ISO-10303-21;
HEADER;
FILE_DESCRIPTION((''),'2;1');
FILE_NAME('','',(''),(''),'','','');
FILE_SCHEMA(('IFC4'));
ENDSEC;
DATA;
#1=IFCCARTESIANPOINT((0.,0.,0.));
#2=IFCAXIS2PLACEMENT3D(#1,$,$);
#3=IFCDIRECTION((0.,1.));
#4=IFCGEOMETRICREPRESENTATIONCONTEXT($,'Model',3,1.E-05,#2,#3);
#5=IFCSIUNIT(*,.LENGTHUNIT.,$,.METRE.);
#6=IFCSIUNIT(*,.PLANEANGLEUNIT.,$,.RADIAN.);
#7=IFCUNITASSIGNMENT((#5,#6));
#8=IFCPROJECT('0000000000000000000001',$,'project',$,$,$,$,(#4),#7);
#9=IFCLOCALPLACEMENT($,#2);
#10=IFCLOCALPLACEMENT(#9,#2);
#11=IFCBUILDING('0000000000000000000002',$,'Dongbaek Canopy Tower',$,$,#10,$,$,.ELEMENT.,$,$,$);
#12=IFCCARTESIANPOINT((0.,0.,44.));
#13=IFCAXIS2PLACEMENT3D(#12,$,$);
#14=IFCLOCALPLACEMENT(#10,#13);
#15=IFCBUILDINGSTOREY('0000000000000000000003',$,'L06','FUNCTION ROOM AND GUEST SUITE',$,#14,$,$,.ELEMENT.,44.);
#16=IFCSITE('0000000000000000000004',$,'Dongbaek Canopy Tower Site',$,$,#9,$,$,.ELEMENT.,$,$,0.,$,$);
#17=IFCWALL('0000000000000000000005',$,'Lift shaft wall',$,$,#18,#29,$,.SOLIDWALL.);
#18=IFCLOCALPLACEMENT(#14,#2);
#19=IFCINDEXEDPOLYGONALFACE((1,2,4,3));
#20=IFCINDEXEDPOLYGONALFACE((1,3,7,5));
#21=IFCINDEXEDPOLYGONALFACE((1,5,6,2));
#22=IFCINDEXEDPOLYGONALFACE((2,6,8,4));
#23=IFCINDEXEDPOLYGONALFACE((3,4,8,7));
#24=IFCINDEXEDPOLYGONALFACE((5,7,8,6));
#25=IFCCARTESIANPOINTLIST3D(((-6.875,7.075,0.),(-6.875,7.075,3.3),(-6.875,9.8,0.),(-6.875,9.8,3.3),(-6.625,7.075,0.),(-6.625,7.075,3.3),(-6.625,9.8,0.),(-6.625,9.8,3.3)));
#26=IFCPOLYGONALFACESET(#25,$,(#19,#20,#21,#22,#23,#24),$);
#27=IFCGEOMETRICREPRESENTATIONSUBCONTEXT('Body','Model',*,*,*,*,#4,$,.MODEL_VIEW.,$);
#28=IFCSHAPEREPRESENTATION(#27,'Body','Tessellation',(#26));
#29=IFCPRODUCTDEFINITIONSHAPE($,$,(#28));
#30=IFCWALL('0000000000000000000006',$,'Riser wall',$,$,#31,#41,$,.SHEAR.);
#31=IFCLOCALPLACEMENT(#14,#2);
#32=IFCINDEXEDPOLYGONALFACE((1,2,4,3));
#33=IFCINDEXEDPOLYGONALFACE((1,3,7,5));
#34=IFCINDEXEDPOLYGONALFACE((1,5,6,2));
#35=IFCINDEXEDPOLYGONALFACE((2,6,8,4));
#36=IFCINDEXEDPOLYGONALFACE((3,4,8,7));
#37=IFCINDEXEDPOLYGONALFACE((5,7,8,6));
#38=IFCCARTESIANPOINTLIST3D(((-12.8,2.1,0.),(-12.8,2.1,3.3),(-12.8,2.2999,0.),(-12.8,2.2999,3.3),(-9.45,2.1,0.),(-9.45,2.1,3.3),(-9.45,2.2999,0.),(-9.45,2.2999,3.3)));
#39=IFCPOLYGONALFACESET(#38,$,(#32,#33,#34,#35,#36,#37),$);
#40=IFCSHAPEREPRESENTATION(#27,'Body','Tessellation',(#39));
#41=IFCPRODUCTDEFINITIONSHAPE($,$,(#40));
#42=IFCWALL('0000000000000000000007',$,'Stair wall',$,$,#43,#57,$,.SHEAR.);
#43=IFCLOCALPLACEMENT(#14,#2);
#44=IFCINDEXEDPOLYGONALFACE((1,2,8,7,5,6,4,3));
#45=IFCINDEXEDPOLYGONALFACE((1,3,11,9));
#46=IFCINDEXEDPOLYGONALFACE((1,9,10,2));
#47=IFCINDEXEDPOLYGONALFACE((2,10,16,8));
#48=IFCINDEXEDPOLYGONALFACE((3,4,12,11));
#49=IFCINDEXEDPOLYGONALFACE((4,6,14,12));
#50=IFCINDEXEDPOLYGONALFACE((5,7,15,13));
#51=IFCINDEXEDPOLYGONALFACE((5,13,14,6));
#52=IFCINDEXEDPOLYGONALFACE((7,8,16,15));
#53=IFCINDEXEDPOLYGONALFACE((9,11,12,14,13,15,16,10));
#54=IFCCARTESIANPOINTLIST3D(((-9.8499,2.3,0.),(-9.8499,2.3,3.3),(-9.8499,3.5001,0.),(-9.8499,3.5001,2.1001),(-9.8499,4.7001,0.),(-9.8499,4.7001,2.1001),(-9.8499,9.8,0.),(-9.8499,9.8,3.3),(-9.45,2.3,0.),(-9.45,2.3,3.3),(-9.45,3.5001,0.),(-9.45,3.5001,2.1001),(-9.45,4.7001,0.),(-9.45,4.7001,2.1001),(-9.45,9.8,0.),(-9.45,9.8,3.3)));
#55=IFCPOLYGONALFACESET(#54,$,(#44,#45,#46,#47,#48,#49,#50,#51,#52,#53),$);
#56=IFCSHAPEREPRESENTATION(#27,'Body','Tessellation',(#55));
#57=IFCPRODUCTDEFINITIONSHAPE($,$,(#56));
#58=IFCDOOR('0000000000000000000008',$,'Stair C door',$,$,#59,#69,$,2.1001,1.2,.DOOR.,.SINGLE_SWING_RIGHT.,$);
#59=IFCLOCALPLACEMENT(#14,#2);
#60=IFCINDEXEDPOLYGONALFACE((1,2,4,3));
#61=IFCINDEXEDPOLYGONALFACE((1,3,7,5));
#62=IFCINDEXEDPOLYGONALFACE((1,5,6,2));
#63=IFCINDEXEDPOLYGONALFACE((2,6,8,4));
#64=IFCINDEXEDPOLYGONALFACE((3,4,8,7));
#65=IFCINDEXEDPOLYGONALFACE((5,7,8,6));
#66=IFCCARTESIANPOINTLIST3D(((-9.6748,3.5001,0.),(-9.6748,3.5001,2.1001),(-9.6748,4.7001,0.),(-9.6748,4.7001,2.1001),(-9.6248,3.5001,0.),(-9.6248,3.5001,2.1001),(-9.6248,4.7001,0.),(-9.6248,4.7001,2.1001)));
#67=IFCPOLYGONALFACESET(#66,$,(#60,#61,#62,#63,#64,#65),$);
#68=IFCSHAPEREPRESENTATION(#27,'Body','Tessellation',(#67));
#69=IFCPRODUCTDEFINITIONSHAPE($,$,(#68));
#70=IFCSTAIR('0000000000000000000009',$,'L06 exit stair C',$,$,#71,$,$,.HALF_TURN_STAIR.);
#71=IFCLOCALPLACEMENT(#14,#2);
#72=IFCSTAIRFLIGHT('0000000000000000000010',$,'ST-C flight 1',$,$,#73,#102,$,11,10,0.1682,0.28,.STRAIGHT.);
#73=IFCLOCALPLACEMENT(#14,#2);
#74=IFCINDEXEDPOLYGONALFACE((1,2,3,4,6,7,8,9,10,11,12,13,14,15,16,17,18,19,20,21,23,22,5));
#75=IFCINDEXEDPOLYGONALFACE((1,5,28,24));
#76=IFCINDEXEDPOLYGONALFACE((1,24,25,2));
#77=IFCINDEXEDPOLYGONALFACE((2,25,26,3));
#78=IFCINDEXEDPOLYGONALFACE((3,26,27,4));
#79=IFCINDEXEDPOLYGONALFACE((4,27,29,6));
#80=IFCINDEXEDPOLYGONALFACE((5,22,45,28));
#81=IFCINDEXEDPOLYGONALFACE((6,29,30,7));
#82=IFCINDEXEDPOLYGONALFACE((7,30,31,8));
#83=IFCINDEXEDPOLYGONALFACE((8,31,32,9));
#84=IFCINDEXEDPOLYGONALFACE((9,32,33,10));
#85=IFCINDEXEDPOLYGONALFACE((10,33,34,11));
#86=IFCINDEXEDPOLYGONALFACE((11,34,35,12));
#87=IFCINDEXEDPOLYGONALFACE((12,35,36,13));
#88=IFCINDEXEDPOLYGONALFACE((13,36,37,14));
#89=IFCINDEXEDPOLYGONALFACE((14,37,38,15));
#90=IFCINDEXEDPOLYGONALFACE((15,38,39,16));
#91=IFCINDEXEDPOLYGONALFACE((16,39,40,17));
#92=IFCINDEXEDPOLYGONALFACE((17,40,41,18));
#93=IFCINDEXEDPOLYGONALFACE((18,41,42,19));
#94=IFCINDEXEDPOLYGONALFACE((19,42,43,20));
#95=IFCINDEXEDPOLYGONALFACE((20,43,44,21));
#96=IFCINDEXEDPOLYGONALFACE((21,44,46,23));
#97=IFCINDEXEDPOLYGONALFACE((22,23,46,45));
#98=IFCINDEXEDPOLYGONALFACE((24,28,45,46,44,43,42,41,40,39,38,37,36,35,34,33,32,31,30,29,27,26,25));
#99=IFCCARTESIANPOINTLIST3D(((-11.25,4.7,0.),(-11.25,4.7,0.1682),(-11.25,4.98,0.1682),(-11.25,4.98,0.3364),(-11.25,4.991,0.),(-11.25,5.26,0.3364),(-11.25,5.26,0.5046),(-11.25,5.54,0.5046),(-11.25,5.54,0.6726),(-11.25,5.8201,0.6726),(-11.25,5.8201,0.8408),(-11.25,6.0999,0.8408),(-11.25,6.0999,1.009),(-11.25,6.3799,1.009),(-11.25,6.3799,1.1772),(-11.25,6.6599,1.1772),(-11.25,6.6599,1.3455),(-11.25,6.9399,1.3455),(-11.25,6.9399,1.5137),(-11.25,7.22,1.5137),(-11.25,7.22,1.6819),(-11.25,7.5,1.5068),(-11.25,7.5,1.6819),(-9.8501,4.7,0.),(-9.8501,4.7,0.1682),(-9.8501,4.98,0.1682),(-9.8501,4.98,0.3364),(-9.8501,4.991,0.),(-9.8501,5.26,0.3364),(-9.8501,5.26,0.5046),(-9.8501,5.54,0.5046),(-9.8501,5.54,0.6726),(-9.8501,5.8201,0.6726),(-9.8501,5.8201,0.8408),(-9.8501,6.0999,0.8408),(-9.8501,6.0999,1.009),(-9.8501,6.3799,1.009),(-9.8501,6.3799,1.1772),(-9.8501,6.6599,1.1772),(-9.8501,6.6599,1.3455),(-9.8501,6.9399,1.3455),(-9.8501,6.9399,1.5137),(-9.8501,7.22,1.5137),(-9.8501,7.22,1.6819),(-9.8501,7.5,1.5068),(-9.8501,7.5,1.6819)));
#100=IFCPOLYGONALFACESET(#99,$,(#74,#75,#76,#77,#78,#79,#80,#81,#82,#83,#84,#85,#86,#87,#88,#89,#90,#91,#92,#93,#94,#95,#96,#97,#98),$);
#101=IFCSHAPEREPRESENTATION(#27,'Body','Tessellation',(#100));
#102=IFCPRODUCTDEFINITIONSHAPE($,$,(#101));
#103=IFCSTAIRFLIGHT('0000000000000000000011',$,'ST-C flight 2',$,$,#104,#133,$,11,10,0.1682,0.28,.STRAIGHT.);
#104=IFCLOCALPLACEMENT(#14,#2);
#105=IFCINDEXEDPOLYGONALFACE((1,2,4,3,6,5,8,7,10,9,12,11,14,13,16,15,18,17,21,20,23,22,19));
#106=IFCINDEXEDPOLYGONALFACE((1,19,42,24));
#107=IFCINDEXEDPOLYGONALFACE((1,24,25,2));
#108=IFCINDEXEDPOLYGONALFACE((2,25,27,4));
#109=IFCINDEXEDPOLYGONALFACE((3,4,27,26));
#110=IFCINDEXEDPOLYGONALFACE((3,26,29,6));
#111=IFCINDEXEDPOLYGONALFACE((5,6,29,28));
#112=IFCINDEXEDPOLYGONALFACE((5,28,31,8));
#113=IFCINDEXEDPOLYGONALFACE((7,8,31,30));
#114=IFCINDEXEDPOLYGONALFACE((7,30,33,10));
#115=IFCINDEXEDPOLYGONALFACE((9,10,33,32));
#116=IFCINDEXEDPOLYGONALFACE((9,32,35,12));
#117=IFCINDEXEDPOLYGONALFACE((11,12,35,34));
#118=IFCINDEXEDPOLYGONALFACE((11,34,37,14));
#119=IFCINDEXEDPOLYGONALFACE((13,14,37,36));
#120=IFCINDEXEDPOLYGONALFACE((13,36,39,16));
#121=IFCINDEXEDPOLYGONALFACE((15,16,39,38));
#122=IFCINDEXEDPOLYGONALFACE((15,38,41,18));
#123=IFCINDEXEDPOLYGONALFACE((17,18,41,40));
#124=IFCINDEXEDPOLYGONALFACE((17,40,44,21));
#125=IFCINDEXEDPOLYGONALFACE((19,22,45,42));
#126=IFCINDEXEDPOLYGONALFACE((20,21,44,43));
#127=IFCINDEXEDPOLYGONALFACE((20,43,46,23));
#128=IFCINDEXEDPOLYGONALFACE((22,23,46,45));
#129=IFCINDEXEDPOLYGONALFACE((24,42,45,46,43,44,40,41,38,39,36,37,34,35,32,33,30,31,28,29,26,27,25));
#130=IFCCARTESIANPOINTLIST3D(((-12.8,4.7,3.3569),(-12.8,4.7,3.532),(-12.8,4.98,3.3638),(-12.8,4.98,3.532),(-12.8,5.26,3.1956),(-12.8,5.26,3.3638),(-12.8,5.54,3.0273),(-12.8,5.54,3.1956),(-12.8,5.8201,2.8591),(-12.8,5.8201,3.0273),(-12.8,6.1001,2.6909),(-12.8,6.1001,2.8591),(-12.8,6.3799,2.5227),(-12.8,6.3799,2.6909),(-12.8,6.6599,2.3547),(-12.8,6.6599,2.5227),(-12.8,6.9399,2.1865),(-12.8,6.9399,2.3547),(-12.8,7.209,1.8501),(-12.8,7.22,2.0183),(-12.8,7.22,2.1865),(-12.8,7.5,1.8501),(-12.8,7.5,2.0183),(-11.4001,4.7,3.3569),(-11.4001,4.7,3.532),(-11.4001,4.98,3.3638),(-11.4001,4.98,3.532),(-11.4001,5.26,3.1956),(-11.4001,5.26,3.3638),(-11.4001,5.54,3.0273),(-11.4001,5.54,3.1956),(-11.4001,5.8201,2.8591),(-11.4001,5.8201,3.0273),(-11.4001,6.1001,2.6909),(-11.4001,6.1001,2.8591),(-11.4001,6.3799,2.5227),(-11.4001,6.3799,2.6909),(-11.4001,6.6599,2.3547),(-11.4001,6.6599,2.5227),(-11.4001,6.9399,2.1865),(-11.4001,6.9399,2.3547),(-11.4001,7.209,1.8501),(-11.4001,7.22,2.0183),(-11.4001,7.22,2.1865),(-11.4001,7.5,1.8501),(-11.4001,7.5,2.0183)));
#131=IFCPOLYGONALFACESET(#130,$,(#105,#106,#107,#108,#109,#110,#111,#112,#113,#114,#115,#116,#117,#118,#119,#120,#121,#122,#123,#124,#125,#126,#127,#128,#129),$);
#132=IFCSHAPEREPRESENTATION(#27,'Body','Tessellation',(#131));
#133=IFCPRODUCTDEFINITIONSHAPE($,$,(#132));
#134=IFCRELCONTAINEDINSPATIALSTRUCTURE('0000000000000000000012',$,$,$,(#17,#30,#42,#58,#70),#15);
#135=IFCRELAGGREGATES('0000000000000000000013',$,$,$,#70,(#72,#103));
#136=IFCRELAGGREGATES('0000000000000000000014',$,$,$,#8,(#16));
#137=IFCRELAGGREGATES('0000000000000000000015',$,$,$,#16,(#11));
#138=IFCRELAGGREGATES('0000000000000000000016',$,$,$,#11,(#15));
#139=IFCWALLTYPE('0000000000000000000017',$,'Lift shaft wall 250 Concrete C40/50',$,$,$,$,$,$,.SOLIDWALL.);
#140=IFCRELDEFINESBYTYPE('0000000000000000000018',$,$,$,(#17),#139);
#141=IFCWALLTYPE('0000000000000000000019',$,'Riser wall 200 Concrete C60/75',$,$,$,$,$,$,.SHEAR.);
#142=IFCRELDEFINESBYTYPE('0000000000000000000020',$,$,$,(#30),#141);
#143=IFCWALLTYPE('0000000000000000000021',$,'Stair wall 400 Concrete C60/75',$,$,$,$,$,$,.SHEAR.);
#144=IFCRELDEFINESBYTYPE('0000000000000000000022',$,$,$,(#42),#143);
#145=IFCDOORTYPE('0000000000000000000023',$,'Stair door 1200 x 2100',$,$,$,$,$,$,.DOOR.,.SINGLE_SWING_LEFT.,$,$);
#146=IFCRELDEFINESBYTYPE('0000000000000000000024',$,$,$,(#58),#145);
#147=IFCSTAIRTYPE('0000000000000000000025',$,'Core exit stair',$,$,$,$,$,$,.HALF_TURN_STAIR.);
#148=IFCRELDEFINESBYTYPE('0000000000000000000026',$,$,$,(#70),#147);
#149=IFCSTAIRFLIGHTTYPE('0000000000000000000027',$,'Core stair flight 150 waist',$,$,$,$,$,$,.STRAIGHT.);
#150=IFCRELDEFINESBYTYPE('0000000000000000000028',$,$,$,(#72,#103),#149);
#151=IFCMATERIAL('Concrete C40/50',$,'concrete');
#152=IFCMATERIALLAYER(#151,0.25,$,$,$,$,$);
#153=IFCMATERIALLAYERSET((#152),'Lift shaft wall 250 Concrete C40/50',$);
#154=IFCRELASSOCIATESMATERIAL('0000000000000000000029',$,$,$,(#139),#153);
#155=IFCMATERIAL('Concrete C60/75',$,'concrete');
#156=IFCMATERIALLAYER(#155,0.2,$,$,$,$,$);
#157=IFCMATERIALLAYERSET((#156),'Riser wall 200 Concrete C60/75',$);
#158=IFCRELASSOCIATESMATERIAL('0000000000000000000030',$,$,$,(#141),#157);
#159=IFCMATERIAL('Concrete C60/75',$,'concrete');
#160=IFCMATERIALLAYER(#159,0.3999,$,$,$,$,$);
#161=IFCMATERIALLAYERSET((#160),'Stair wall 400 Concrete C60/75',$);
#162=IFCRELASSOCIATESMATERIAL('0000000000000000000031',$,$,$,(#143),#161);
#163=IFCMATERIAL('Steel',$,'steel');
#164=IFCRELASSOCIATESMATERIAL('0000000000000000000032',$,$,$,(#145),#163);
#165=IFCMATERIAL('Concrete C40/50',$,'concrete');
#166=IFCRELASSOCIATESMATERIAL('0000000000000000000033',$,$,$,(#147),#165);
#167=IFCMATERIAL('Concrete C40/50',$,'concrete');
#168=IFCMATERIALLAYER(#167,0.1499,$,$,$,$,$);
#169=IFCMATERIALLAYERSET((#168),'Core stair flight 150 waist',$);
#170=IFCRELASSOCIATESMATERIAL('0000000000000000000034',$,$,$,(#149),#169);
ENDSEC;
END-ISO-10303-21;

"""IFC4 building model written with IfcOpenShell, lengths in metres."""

from ifc_helpers import new_model, si_unit, direction, frame, frame_2d, origin, place, context, subcontext, project, spatial, polyline, rectangle, outline, extrude, material, layer, layer_set, type_object, element, fill, aggregate, save


model = new_model("IFC4")

# Units and contexts
model_context = context("Model", 3, precision=1e-05, world=origin(), true_north=direction((0.0, 1.0)))
body_context = subcontext(model_context, "Body", "Model", "MODEL_VIEW")
ifc_project = project(units=[si_unit("LENGTHUNIT", "METRE"), si_unit("PLANEANGLEUNIT", "RADIAN")], contexts=[model_context])

# Site, building, storey
site_placement = place(None, origin())
site = spatial("IfcSite", under=ifc_project, at=site_placement, Name="Dongbaek Canopy Tower Site", CompositionType="ELEMENT", RefElevation=0.0)
building_placement = place(site_placement, origin())
building = spatial("IfcBuilding", under=site, at=building_placement, Name="Dongbaek Canopy Tower", CompositionType="ELEMENT")
storey_placement = place(building_placement, frame((0.0, 0.0, 44.0)))
storey = spatial("IfcBuildingStorey", under=building, at=storey_placement, Name="L06", Description="FUNCTION ROOM AND GUEST SUITE", CompositionType="ELEMENT", Elevation=44.0)

# Walls
ifc_material_1 = material(Name="Concrete C40/50", Category="concrete")
ifc_layer_1 = layer(ifc_material_1, 0.25)
ifc_layer_set_1 = layer_set([ifc_layer_1], Name="Lift shaft wall 250 Concrete C40/50")
wall_type_1 = type_object("IfcWallType", Name="Lift shaft wall 250 Concrete C40/50", PredefinedType="SOLIDWALL", material=ifc_layer_set_1)
for number, where, z_axis, x_axis, name in (
    (1, (-6.75, 7.075, 0.0), (0.0, 0.0, 1.0), (0.0, 1.0, 0.0), "Lift shaft wall"),
):
    element("IfcWall", number, at=place(storey_placement, frame(where, z_axis=z_axis, x_axis=x_axis)), inside=storey, type_object=wall_type_1, Name=name, PredefinedType="SOLIDWALL", context=body_context, shape_type="SweptSolid", body=[
        extrude(rectangle(XDim=2.7251, YDim=0.25, at=frame_2d((1.3625, 0.0))), origin(), (0.0, 0.0, 1.0), 3.3),
    ])
ifc_material_2 = material(Name="Concrete C60/75", Category="concrete")
ifc_layer_2 = layer(ifc_material_2, 0.2)
ifc_layer_set_2 = layer_set([ifc_layer_2], Name="Riser wall 200 Concrete C60/75")
wall_type_2 = type_object("IfcWallType", Name="Riser wall 200 Concrete C60/75", PredefinedType="SHEAR", material=ifc_layer_set_2)
wall_1_placement = place(storey_placement, frame((-9.45, 2.2, 0.0), z_axis=(0.0, 0.0, 1.0), x_axis=(-1.0, 0.0, 0.0)))
element("IfcWall", 2, at=wall_1_placement, inside=storey, type_object=wall_type_2, Name="Riser wall", PredefinedType="SHEAR", context=body_context, shape_type="SweptSolid", body=[
    extrude(rectangle(XDim=3.3501, YDim=0.2, at=frame_2d((1.675, 0.0))), origin(), (0.0, 0.0, 1.0), 3.3),
])

# Wall, opening, door
ifc_material_3 = material(Name="Concrete C60/75", Category="concrete")
ifc_layer_3 = layer(ifc_material_3, 0.3999)
ifc_layer_set_3 = layer_set([ifc_layer_3], Name="Stair wall 400 Concrete C60/75")
wall_type_3 = type_object("IfcWallType", Name="Stair wall 400 Concrete C60/75", PredefinedType="SHEAR", material=ifc_layer_set_3)
wall_2_placement = place(storey_placement, frame((-9.6499, 2.3, 0.0), z_axis=(0.0, 0.0, 1.0), x_axis=(0.0, 1.0, 0.0)))
wall_2 = element("IfcWall", 3, at=wall_2_placement, inside=storey, type_object=wall_type_3, Name="Stair wall", PredefinedType="SHEAR", context=body_context, shape_type="SweptSolid", body=[
    extrude(rectangle(XDim=7.5, YDim=0.3999, at=frame_2d((3.75, 0.0))), origin(), (0.0, 0.0, 1.0), 3.3),
])
opening_1_placement = place(wall_2_placement, frame((1.2, 0.0, 0.0)))
opening_1 = element("IfcOpeningElement", 4, at=opening_1_placement, cuts=wall_2, PredefinedType="OPENING", context=body_context, shape_type="SweptSolid", body=[
    extrude(rectangle(XDim=1.2, YDim=2.1001, at=frame_2d((0.6001, 1.05))), frame((0.0, 0.21, 0.0), z_axis=(0.0, -1.0, 0.0), x_axis=(1.0, 0.0, 0.0)), (0.0, 0.0, 1.0), 0.4199),
])
ifc_material_4 = material(Name="Steel", Category="steel")
door_type_1 = type_object("IfcDoorType", Name="Stair door 1200 x 2100", OperationType="SINGLE_SWING_LEFT", PredefinedType="DOOR", material=ifc_material_4)
door_1_placement = place(opening_1_placement, origin())
door_1 = element("IfcDoor", 5, at=door_1_placement, inside=storey, type_object=door_type_1, Name="Stair C door", OperationType="SINGLE_SWING_RIGHT", OverallHeight=2.1001, OverallWidth=1.2, PredefinedType="DOOR", context=body_context, shape_type="SweptSolid", body=[
    extrude(rectangle(XDim=1.2, YDim=2.1001, at=frame_2d((0.6001, 1.05))), frame((0.0, 0.0249, 0.0), z_axis=(0.0, -1.0, 0.0), x_axis=(1.0, 0.0, 0.0)), (0.0, 0.0, 1.0), 0.05),
])
fill(opening_1, door_1)

# Stair, stair flights
ifc_material_5 = material(Name="Concrete C40/50", Category="concrete")
stair_type = type_object("IfcStairType", Name="Core exit stair", PredefinedType="HALF_TURN_STAIR", material=ifc_material_5)
stair_placement = place(storey_placement, origin())
stair = element("IfcStair", 6, at=stair_placement, inside=storey, type_object=stair_type, Name="L06 exit stair C", PredefinedType="HALF_TURN_STAIR")
ifc_material_6 = material(Name="Concrete C40/50", Category="concrete")
ifc_layer_4 = layer(ifc_material_6, 0.1499)
ifc_layer_set_4 = layer_set([ifc_layer_4], Name="Core stair flight 150 waist")
stair_flight_type = type_object("IfcStairFlightType", Name="Core stair flight 150 waist", PredefinedType="STRAIGHT", material=ifc_layer_set_4)
stair_flight_1_placement = place(storey_placement, frame((-10.55, 4.7, 0.0), z_axis=(0.0, 0.0, 1.0), x_axis=(0.0, 1.0, 0.0)))
stair_flight_1 = element("IfcStairFlight", 7, at=stair_flight_1_placement, type_object=stair_flight_type, Name="ST-C flight 1", NumberOfRisers=11, NumberOfTreads=10, PredefinedType="STRAIGHT", RiserHeight=0.1682, TreadLength=0.28, context=body_context, shape_type="SweptSolid", body=[
    extrude(outline(polyline([(0.0, 0.0), (0.0, 0.1682), (0.28, 0.1682), (0.28, 0.3364), (0.5601, 0.3364), (0.5601, 0.5046), (0.8401, 0.5046), (0.8401, 0.6726), (1.1201, 0.6726), (1.1201, 0.8408), (1.3999, 0.8408), (1.3999, 1.009), (1.6799, 1.009), (1.6799, 1.1772), (1.96, 1.1772), (1.96, 1.3455), (2.24, 1.3455), (2.24, 1.5137), (2.52, 1.5137), (2.52, 1.6819), (2.8, 1.6819), (2.8, 1.8501), (2.8, 1.5068), (0.291, 0.0), (0.0, 0.0)])), frame((0.0, 0.7, 0.0), z_axis=(0.0, -1.0, 0.0), x_axis=(1.0, 0.0, 0.0)), (0.0, 0.0, 1.0), 1.3999),
])
stair_flight_2_placement = place(storey_placement, frame((-12.1001, 7.5, 1.8501), z_axis=(0.0, 0.0, 1.0), x_axis=(0.0, -1.0, 0.0)))
stair_flight_2 = element("IfcStairFlight", 8, at=stair_flight_2_placement, type_object=stair_flight_type, Name="ST-C flight 2", NumberOfRisers=11, NumberOfTreads=10, PredefinedType="STRAIGHT", RiserHeight=0.1682, TreadLength=0.28, context=body_context, shape_type="SweptSolid", body=[
    extrude(outline(polyline([(0.0, 0.0), (0.0, 0.1682), (0.28, 0.1682), (0.28, 0.3364), (0.5601, 0.3364), (0.5601, 0.5046), (0.8401, 0.5046), (0.8401, 0.6726), (1.1201, 0.6726), (1.1201, 0.8408), (1.3999, 0.8408), (1.3999, 1.009), (1.6799, 1.009), (1.6799, 1.1772), (1.96, 1.1772), (1.96, 1.3455), (2.24, 1.3455), (2.24, 1.5137), (2.52, 1.5137), (2.52, 1.6819), (2.8, 1.6819), (2.8, 1.8501), (2.8, 1.5068), (0.291, 0.0), (0.0, 0.0)])), frame((0.0, 0.7, 0.0), z_axis=(0.0, -1.0, 0.0), x_axis=(1.0, 0.0, 0.0)), (0.0, 0.0, 1.0), 1.3999),
])
aggregate(stair, [stair_flight_1, stair_flight_2])

save(model, "model.ifc")
